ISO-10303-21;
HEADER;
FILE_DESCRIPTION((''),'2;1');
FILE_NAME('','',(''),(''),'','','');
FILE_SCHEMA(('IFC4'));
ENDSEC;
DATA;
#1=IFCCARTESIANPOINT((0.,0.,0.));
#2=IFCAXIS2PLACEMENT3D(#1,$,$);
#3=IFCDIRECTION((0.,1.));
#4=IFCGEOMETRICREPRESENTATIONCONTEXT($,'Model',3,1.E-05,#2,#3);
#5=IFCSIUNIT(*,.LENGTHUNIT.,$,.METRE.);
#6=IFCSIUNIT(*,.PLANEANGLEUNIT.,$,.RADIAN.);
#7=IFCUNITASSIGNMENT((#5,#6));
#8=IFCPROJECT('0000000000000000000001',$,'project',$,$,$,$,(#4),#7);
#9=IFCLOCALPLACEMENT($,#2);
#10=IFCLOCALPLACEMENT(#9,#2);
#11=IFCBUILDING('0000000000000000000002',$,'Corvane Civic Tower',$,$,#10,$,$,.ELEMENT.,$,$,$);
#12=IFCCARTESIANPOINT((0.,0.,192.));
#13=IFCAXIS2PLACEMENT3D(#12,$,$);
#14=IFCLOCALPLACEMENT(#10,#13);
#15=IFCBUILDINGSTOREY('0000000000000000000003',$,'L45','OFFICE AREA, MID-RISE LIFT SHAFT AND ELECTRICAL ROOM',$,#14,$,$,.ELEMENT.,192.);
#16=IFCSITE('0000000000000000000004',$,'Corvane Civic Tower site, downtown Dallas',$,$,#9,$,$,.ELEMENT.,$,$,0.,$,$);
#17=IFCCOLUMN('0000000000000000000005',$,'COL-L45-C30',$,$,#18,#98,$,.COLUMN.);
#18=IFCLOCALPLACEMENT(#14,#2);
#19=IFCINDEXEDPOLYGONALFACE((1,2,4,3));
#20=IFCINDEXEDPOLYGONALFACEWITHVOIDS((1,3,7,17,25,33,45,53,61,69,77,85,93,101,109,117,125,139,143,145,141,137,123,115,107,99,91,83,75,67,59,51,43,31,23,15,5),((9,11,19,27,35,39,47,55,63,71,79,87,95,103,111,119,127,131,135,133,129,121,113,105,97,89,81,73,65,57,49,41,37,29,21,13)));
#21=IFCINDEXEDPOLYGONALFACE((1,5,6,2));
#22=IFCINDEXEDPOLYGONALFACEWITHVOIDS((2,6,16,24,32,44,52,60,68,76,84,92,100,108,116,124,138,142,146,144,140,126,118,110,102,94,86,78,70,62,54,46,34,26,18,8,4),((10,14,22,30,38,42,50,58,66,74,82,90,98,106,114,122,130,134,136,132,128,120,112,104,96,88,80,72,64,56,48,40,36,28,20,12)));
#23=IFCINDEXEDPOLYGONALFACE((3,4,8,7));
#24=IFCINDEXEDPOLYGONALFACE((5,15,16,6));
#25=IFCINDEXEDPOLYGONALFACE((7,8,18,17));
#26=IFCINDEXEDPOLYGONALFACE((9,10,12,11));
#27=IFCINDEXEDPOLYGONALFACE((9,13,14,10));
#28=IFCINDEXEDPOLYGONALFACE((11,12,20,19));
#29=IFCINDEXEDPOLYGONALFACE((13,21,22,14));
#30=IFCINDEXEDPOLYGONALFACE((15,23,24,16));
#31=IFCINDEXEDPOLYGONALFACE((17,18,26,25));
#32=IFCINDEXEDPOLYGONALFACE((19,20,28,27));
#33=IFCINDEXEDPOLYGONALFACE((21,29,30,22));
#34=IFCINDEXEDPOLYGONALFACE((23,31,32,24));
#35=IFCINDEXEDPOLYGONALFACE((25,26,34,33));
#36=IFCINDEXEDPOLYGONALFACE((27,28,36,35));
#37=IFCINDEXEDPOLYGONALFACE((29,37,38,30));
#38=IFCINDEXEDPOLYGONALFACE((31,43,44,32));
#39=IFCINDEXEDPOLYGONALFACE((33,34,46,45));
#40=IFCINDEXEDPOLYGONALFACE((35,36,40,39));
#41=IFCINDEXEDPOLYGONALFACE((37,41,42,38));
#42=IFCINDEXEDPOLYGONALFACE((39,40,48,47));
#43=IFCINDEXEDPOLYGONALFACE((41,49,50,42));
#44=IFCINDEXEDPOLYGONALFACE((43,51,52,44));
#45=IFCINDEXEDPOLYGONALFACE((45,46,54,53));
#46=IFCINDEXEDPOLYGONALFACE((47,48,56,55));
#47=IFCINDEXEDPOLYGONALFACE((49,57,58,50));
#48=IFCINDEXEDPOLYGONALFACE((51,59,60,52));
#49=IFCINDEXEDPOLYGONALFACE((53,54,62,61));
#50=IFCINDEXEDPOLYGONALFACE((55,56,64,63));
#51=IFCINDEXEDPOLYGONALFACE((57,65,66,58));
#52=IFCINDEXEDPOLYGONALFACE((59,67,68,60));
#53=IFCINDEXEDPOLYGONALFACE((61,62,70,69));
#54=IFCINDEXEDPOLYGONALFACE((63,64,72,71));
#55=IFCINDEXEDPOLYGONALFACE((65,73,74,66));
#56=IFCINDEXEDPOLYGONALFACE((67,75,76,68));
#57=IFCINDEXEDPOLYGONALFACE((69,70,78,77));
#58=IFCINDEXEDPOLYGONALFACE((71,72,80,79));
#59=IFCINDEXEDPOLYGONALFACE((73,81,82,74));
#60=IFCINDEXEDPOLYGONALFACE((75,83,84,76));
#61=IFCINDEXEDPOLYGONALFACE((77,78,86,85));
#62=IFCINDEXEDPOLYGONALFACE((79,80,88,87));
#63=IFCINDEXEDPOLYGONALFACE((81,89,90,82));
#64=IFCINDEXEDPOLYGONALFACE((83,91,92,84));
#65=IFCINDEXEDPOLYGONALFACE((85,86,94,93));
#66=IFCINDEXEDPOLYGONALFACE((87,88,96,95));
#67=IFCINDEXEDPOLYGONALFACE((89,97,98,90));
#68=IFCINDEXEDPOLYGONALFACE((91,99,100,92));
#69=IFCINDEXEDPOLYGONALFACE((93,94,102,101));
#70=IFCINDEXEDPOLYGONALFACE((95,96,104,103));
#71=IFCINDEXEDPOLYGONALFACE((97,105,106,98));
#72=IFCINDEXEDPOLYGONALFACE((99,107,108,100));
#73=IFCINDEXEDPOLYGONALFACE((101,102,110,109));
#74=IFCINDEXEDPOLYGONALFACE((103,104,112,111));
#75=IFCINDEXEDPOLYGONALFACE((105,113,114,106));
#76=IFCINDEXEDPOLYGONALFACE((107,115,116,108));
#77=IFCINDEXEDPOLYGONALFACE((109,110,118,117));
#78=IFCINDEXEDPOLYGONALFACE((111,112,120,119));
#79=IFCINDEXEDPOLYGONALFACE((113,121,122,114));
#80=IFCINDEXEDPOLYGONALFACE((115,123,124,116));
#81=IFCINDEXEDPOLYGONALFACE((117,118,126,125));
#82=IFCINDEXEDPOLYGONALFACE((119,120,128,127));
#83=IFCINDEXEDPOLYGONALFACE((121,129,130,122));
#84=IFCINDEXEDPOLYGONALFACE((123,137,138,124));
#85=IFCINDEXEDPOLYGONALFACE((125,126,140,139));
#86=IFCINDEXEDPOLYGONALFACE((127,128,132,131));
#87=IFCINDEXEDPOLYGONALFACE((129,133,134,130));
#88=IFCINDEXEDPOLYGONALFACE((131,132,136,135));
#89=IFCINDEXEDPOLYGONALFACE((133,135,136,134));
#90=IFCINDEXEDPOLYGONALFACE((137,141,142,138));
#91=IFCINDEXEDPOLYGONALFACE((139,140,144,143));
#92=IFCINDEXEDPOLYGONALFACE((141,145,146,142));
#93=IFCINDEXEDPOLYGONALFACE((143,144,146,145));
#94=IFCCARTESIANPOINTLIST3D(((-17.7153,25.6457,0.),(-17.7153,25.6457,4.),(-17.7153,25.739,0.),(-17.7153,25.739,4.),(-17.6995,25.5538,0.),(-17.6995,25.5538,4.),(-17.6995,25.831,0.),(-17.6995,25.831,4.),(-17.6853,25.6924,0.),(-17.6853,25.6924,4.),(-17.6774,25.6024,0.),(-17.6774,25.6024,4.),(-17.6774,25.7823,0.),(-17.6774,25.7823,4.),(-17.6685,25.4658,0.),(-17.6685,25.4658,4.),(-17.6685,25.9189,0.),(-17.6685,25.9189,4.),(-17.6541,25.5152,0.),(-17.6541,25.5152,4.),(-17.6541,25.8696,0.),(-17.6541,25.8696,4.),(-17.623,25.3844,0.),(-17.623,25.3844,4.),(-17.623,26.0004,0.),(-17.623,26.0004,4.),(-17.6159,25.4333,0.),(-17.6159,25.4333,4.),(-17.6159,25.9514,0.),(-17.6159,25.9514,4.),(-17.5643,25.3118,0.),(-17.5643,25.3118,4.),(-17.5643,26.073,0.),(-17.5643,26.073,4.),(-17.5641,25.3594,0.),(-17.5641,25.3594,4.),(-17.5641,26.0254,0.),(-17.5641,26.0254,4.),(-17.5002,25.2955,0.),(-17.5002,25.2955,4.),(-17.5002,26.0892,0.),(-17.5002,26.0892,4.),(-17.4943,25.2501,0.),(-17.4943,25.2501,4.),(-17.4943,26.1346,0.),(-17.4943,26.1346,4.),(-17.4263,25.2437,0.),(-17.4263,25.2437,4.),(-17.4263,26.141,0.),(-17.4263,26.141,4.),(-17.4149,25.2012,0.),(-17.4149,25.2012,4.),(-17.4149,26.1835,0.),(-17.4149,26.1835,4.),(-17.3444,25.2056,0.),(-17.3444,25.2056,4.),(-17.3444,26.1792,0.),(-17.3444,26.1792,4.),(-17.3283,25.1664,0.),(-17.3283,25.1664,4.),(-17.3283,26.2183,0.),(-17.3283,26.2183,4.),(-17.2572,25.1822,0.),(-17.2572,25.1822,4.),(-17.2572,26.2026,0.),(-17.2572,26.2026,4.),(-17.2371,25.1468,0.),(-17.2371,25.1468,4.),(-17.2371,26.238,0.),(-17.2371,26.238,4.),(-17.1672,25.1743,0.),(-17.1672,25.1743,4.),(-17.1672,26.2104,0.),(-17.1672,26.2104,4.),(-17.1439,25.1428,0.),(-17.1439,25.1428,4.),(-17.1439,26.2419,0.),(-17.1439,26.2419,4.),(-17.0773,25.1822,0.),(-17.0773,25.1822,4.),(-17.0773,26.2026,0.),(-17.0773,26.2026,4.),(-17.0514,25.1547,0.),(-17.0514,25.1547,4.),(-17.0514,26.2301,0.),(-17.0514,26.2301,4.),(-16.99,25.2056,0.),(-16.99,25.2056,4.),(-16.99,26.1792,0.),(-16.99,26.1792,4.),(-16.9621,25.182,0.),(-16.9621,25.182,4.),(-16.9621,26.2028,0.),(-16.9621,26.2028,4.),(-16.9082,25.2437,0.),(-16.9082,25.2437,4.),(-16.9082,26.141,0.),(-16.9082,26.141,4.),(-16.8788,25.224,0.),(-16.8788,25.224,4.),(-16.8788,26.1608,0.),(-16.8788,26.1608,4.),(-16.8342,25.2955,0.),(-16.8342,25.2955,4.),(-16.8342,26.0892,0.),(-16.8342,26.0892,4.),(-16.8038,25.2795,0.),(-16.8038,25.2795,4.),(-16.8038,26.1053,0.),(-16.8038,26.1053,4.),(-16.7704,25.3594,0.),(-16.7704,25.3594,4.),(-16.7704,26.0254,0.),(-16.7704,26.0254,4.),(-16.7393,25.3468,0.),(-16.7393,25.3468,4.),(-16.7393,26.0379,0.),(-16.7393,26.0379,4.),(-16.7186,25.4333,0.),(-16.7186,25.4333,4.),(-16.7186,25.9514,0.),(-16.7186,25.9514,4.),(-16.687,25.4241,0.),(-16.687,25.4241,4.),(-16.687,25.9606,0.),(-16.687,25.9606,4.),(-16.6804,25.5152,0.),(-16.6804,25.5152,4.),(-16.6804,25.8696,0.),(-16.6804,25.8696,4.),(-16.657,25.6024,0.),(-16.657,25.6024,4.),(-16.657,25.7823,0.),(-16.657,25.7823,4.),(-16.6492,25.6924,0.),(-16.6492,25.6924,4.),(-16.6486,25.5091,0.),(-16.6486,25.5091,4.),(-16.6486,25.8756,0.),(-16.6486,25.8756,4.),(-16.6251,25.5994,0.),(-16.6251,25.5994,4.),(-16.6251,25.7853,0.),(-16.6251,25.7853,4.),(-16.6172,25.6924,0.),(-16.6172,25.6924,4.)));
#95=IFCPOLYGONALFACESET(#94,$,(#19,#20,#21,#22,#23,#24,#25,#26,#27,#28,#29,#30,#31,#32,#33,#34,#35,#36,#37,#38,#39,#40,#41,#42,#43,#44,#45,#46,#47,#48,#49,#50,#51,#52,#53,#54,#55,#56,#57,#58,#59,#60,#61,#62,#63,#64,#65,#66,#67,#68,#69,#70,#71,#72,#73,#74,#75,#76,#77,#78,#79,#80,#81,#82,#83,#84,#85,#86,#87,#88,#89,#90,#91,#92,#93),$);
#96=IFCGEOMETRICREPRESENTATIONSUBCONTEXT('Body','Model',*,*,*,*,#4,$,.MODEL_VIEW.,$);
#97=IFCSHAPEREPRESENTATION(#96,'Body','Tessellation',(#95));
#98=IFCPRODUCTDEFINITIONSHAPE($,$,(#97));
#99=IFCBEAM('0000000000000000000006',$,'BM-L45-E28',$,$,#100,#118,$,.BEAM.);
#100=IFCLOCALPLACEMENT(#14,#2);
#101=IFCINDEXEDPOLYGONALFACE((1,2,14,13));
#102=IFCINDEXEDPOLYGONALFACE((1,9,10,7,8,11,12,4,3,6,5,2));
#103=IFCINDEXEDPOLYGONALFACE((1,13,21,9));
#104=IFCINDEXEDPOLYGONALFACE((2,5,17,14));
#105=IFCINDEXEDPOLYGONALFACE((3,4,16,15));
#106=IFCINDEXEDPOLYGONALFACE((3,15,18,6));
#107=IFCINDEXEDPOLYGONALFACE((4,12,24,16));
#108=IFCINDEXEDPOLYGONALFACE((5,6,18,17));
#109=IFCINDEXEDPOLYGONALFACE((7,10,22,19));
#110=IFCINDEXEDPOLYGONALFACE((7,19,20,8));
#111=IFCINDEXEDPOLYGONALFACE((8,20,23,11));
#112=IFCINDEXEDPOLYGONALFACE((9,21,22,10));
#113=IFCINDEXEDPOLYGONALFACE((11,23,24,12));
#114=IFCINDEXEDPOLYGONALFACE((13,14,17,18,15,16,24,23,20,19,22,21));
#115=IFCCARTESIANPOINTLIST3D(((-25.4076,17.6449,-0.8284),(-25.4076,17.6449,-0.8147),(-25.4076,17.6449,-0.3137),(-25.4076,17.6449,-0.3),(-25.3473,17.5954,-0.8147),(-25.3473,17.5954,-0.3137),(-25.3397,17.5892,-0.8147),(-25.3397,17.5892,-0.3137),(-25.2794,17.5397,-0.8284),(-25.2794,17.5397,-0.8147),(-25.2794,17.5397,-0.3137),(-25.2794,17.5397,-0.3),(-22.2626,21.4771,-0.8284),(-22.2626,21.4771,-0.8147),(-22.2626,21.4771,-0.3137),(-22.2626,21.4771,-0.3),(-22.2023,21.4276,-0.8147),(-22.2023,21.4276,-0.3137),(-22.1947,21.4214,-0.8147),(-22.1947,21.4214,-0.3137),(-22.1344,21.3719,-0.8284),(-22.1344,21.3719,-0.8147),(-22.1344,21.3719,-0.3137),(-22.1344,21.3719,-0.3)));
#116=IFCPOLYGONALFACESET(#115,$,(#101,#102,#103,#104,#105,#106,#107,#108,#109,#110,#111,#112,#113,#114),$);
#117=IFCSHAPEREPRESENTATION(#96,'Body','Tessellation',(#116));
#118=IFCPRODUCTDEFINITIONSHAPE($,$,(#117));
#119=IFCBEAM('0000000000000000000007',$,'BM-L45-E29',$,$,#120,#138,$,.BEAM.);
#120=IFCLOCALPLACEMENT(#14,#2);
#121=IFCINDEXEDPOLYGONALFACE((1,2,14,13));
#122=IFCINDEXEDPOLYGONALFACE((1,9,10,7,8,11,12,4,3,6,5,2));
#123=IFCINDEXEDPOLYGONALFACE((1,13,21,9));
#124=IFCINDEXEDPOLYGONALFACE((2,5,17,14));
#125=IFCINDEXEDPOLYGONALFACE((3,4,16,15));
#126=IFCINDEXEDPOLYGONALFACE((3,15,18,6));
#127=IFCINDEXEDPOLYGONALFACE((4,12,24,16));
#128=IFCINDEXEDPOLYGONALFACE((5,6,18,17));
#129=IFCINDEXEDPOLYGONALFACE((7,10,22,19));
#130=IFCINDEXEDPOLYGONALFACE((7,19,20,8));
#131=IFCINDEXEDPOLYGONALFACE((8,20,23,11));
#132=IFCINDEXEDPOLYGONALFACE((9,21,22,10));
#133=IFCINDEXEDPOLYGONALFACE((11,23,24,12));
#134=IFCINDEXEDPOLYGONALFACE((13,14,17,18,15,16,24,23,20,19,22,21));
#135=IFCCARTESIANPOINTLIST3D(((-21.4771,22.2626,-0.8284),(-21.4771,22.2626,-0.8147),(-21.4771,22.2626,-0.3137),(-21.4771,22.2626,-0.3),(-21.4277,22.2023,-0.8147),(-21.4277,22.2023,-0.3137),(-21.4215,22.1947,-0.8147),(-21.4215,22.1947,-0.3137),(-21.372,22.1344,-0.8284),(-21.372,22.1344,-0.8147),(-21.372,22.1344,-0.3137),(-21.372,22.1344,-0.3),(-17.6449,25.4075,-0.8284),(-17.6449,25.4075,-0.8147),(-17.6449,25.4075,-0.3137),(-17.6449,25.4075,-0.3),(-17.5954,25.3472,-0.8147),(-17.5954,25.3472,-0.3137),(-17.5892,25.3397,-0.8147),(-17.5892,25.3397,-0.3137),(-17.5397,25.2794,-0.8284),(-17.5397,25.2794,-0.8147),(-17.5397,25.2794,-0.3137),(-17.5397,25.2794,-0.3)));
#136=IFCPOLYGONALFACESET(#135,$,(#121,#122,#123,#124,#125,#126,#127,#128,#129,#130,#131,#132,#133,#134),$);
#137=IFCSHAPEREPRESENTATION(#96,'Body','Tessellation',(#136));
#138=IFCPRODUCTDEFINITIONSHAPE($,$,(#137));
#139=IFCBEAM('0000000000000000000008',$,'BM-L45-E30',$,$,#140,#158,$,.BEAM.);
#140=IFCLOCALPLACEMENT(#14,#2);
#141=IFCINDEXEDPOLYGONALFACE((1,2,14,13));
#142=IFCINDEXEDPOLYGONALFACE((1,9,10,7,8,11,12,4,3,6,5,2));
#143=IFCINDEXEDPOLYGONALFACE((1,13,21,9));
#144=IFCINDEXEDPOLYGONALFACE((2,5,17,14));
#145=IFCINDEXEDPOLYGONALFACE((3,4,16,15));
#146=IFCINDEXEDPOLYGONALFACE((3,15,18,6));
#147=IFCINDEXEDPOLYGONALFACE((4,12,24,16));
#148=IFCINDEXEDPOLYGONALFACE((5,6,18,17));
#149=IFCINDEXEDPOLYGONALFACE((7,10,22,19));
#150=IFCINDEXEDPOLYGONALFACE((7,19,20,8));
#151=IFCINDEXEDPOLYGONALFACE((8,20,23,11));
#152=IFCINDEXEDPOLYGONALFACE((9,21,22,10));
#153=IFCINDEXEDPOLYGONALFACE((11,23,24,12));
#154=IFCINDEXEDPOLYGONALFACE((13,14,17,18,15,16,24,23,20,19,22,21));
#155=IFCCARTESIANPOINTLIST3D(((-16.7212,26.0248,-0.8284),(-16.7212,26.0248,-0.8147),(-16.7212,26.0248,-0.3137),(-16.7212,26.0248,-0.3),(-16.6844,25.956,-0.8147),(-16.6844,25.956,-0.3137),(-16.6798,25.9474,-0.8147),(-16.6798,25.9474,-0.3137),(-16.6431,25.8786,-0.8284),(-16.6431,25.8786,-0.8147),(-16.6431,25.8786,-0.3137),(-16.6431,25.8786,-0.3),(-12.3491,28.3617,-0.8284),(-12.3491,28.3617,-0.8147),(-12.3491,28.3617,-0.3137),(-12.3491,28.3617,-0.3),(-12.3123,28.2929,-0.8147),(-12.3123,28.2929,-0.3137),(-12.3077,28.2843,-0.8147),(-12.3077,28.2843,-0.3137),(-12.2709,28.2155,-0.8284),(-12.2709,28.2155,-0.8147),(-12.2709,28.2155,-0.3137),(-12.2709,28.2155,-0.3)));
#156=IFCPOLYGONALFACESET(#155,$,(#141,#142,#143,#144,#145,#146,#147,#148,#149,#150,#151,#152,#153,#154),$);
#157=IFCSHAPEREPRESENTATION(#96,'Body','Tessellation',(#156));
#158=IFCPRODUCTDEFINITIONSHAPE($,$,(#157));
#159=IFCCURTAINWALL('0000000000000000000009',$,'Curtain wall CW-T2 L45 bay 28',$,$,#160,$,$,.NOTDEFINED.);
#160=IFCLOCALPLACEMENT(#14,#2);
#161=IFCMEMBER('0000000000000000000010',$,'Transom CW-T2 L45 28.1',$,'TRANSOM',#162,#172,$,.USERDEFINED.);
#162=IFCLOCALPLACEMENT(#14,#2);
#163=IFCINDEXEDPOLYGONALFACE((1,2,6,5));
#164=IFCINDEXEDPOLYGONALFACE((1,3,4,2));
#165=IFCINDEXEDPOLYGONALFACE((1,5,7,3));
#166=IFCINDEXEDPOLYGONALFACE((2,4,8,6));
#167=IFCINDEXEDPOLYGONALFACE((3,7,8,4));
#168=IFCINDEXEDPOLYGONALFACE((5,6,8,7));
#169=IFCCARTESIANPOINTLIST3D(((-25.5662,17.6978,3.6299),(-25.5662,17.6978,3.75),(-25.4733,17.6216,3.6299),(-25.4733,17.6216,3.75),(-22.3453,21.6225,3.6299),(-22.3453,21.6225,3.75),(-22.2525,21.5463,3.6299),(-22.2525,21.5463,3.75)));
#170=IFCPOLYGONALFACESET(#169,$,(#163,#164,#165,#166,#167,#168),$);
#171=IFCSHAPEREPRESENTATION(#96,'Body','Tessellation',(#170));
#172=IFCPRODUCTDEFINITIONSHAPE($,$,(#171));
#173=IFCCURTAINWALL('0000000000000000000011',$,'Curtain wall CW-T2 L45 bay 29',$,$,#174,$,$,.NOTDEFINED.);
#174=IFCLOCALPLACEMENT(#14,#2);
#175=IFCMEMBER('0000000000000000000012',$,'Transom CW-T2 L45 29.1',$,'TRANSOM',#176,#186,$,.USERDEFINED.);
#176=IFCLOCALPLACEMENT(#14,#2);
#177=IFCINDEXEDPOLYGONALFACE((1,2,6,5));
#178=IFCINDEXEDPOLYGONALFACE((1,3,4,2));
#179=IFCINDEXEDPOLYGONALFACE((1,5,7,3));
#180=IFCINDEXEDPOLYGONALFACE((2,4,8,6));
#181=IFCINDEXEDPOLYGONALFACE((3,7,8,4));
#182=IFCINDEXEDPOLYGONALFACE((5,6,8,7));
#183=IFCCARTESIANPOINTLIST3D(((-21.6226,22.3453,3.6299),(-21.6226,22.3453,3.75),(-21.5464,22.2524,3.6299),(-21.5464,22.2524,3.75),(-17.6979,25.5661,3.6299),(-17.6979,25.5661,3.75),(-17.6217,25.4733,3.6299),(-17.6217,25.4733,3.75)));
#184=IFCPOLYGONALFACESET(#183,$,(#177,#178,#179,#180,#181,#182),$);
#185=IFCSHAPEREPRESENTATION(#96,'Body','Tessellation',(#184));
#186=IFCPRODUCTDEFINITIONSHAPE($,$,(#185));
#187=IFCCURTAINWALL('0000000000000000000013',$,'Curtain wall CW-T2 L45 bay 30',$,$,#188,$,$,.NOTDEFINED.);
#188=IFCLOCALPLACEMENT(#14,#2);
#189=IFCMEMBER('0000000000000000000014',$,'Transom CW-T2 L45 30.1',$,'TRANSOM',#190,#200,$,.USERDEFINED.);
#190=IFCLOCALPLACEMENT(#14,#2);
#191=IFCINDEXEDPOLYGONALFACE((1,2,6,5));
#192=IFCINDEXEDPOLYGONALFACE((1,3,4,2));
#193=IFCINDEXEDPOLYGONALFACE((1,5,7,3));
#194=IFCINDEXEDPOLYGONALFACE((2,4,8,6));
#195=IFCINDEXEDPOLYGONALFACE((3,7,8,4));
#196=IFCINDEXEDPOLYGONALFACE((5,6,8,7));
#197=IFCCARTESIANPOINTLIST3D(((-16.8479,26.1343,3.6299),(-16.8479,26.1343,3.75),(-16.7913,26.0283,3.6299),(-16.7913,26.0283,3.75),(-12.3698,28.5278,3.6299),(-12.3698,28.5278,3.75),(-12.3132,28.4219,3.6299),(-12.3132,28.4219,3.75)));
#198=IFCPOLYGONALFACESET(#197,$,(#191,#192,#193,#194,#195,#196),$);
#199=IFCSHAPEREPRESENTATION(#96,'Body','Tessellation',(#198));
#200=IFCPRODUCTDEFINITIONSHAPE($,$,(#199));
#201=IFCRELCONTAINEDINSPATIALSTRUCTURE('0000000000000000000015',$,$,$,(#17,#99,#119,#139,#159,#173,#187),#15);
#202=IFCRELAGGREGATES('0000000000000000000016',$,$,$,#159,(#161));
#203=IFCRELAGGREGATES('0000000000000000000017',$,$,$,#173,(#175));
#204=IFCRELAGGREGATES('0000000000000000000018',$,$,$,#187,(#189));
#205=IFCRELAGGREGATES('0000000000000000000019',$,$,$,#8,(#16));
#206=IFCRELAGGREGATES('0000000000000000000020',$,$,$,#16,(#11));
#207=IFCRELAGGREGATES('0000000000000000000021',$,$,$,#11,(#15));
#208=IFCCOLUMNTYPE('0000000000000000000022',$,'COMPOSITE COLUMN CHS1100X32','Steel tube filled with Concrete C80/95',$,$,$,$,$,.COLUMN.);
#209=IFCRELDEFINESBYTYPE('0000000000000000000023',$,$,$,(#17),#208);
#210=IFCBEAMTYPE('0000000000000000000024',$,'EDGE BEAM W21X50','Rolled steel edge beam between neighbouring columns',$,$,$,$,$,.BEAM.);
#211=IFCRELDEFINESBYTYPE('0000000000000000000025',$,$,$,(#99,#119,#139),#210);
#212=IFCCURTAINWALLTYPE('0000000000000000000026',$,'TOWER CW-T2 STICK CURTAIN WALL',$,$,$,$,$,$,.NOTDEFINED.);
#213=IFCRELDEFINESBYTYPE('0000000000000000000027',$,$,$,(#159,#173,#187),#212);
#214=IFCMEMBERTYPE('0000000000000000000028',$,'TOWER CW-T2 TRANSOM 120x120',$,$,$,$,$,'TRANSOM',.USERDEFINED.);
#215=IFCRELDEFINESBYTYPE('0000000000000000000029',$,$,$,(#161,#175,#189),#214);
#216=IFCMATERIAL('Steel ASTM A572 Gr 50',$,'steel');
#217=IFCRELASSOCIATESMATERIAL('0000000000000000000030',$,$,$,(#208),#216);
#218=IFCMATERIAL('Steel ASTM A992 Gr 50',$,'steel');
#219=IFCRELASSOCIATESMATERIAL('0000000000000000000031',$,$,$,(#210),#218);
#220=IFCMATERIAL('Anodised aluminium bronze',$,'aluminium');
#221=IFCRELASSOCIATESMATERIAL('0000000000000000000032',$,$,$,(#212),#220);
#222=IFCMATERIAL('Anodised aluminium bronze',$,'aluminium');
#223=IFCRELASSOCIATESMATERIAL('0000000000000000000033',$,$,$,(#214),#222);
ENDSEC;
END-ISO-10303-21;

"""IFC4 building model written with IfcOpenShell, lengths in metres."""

from ifc_helpers import new_model, si_unit, direction, frame, origin, origin_2d, place, context, subcontext, project, spatial, rectangle, hollow_circle, i_section, extrude, material, material_profile, profile_set, type_object, element, aggregate, save


model = new_model("IFC4")

# Units and contexts
model_context = context("Model", 3, precision=1e-05, world=origin(), true_north=direction((0.0, 1.0)))
body_context = subcontext(model_context, "Body", "Model", "MODEL_VIEW")
ifc_project = project(units=[si_unit("LENGTHUNIT", "METRE"), si_unit("PLANEANGLEUNIT", "RADIAN")], contexts=[model_context])

# Site, building, storey
site_placement = place(None, origin())
site = spatial("IfcSite", under=ifc_project, at=site_placement, Name="Corvane Civic Tower site, downtown Dallas", CompositionType="ELEMENT", RefElevation=0.0)
building_placement = place(site_placement, origin())
building = spatial("IfcBuilding", under=site, at=building_placement, Name="Corvane Civic Tower", CompositionType="ELEMENT")
storey_placement = place(building_placement, frame((0.0, 0.0, 192.0)))
storey = spatial("IfcBuildingStorey", under=building, at=storey_placement, Name="L45", Description="OFFICE AREA, MID-RISE LIFT SHAFT AND ELECTRICAL ROOM", CompositionType="ELEMENT", Elevation=192.0)

# Column
ifc_material_1 = material(Name="Steel ASTM A572 Gr 50", Category="steel")
ifc_material_profile_1 = material_profile(ifc_material_1, hollow_circle(Radius=0.55, WallThickness=0.032, at=origin_2d()), Name="CHS1100X32")
ifc_profile_set_1 = profile_set([ifc_material_profile_1], Name="Steel ASTM A572 Gr 50")
column_type = type_object("IfcColumnType", Name="COMPOSITE COLUMN CHS1100X32", Description="Steel tube filled with Concrete C80/95", PredefinedType="COLUMN", material=ifc_profile_set_1)
for number, where, z_axis, x_axis, name in (
    (1, (-17.1672, 25.6924, 0.0), (0.0, 0.0, 1.0), (1.0, 0.0, 0.0), "COL-L45-C30"),
):
    element("IfcColumn", number, at=place(storey_placement, frame(where, z_axis=z_axis, x_axis=x_axis)), inside=storey, type_object=column_type, Name=name, PredefinedType="COLUMN", context=body_context, shape_type="SweptSolid", body=[
        extrude(hollow_circle(Radius=0.55, WallThickness=0.032, at=origin_2d()), origin(), (0.0, 0.0, 1.0), 4.0),
    ])

# Beams
ifc_material_2 = material(Name="Steel ASTM A992 Gr 50", Category="steel")
ifc_material_profile_2 = material_profile(ifc_material_2, i_section(OverallWidth=0.1658, OverallDepth=0.5283, WebThickness=0.0098, FlangeThickness=0.0137, at=origin_2d()), Name="W21X50")
ifc_profile_set_2 = profile_set([ifc_material_profile_2], Name="Steel ASTM A992 Gr 50")
beam_type = type_object("IfcBeamType", Name="EDGE BEAM W21X50", Description="Rolled steel edge beam between neighbouring columns", PredefinedType="BEAM", material=ifc_profile_set_2)
for number, where, z_axis, x_axis, name in (
    (2, (-25.3435, 17.5923, -0.5642), (0.634388, 0.773015, 0.0), (-0.773015, 0.634388, 0.0), "BM-L45-E28"),
    (3, (-21.4246, 22.1985, -0.5642), (0.773015, 0.634388, 0.0), (-0.634388, 0.773015, 0.0), "BM-L45-E29"),
    (4, (-16.6821, 25.9517, -0.5642), (0.881922, 0.471396, 0.0), (-0.471396, 0.881922, 0.0), "BM-L45-E30"),
):
    element("IfcBeam", number, at=place(storey_placement, frame(where, z_axis=z_axis, x_axis=x_axis)), inside=storey, type_object=beam_type, Name=name, PredefinedType="BEAM", context=body_context, shape_type="SweptSolid", body=[
        extrude(i_section(OverallWidth=0.1658, OverallDepth=0.5283, WebThickness=0.0098, FlangeThickness=0.0137, at=origin_2d()), origin(), (0.0, 0.0, 1.0), 4.9575),
    ])

# Curtain walls, members
ifc_material_3 = material(Name="Anodised aluminium bronze", Category="aluminium")
curtain_wall_type = type_object("IfcCurtainWallType", Name="TOWER CW-T2 STICK CURTAIN WALL", PredefinedType="NOTDEFINED", material=ifc_material_3)
curtain_wall_1_placement = place(storey_placement, origin())
curtain_wall_1 = element("IfcCurtainWall", 5, at=curtain_wall_1_placement, inside=storey, type_object=curtain_wall_type, Name="Curtain wall CW-T2 L45 bay 28", PredefinedType="NOTDEFINED")
ifc_material_4 = material(Name="Anodised aluminium bronze", Category="aluminium")
ifc_material_profile_3 = material_profile(ifc_material_4, rectangle(XDim=0.1201, YDim=0.1201, at=origin_2d()), Name="TOWER CW-T2 TRANSOM 120x120")
ifc_profile_set_3 = profile_set([ifc_material_profile_3], Name="Anodised aluminium bronze")
member_type = type_object("IfcMemberType", Name="TOWER CW-T2 TRANSOM 120x120", ElementType="TRANSOM", PredefinedType="USERDEFINED", material=ifc_profile_set_3)
member_1_placement = place(storey_placement, frame((-25.5198, 17.6597, 3.6899), z_axis=(0.634387, 0.773016, 0.0), x_axis=(-0.773016, 0.634387, 0.0)))
member_1 = element("IfcMember", 6, at=member_1_placement, type_object=member_type, Name="Transom CW-T2 L45 28.1", ObjectType="TRANSOM", PredefinedType="USERDEFINED", context=body_context, shape_type="SweptSolid", body=[
    extrude(rectangle(XDim=0.1201, YDim=0.1201, at=origin_2d()), origin(), (0.0, 0.0, 1.0), 5.0771),
])
curtain_wall_2_placement = place(storey_placement, origin())
curtain_wall_2 = element("IfcCurtainWall", 7, at=curtain_wall_2_placement, inside=storey, type_object=curtain_wall_type, Name="Curtain wall CW-T2 L45 bay 29", PredefinedType="NOTDEFINED")
member_2_placement = place(storey_placement, frame((-21.5845, 22.2988, 3.6899), z_axis=(0.773016, 0.634387, 0.0), x_axis=(-0.634387, 0.773016, 0.0)))
member_2 = element("IfcMember", 8, at=member_2_placement, type_object=member_type, Name="Transom CW-T2 L45 29.1", ObjectType="TRANSOM", PredefinedType="USERDEFINED", context=body_context, shape_type="SweptSolid", body=[
    extrude(rectangle(XDim=0.1201, YDim=0.1201, at=origin_2d()), origin(), (0.0, 0.0, 1.0), 5.0771),
])
curtain_wall_3_placement = place(storey_placement, origin())
curtain_wall_3 = element("IfcCurtainWall", 9, at=curtain_wall_3_placement, inside=storey, type_object=curtain_wall_type, Name="Curtain wall CW-T2 L45 bay 30", PredefinedType="NOTDEFINED")
member_3_placement = place(storey_placement, frame((-16.8196, 26.0813, 3.6899), z_axis=(0.881921, 0.471397, 0.0), x_axis=(-0.471397, 0.881921, 0.0)))
member_3 = element("IfcMember", 10, at=member_3_placement, type_object=member_type, Name="Transom CW-T2 L45 30.1", ObjectType="TRANSOM", PredefinedType="USERDEFINED", context=body_context, shape_type="SweptSolid", body=[
    extrude(rectangle(XDim=0.1201, YDim=0.1201, at=origin_2d()), origin(), (0.0, 0.0, 1.0), 5.0776),
])

aggregate(curtain_wall_1, [member_1])
aggregate(curtain_wall_2, [member_2])
aggregate(curtain_wall_3, [member_3])

save(model, "model.ifc")
